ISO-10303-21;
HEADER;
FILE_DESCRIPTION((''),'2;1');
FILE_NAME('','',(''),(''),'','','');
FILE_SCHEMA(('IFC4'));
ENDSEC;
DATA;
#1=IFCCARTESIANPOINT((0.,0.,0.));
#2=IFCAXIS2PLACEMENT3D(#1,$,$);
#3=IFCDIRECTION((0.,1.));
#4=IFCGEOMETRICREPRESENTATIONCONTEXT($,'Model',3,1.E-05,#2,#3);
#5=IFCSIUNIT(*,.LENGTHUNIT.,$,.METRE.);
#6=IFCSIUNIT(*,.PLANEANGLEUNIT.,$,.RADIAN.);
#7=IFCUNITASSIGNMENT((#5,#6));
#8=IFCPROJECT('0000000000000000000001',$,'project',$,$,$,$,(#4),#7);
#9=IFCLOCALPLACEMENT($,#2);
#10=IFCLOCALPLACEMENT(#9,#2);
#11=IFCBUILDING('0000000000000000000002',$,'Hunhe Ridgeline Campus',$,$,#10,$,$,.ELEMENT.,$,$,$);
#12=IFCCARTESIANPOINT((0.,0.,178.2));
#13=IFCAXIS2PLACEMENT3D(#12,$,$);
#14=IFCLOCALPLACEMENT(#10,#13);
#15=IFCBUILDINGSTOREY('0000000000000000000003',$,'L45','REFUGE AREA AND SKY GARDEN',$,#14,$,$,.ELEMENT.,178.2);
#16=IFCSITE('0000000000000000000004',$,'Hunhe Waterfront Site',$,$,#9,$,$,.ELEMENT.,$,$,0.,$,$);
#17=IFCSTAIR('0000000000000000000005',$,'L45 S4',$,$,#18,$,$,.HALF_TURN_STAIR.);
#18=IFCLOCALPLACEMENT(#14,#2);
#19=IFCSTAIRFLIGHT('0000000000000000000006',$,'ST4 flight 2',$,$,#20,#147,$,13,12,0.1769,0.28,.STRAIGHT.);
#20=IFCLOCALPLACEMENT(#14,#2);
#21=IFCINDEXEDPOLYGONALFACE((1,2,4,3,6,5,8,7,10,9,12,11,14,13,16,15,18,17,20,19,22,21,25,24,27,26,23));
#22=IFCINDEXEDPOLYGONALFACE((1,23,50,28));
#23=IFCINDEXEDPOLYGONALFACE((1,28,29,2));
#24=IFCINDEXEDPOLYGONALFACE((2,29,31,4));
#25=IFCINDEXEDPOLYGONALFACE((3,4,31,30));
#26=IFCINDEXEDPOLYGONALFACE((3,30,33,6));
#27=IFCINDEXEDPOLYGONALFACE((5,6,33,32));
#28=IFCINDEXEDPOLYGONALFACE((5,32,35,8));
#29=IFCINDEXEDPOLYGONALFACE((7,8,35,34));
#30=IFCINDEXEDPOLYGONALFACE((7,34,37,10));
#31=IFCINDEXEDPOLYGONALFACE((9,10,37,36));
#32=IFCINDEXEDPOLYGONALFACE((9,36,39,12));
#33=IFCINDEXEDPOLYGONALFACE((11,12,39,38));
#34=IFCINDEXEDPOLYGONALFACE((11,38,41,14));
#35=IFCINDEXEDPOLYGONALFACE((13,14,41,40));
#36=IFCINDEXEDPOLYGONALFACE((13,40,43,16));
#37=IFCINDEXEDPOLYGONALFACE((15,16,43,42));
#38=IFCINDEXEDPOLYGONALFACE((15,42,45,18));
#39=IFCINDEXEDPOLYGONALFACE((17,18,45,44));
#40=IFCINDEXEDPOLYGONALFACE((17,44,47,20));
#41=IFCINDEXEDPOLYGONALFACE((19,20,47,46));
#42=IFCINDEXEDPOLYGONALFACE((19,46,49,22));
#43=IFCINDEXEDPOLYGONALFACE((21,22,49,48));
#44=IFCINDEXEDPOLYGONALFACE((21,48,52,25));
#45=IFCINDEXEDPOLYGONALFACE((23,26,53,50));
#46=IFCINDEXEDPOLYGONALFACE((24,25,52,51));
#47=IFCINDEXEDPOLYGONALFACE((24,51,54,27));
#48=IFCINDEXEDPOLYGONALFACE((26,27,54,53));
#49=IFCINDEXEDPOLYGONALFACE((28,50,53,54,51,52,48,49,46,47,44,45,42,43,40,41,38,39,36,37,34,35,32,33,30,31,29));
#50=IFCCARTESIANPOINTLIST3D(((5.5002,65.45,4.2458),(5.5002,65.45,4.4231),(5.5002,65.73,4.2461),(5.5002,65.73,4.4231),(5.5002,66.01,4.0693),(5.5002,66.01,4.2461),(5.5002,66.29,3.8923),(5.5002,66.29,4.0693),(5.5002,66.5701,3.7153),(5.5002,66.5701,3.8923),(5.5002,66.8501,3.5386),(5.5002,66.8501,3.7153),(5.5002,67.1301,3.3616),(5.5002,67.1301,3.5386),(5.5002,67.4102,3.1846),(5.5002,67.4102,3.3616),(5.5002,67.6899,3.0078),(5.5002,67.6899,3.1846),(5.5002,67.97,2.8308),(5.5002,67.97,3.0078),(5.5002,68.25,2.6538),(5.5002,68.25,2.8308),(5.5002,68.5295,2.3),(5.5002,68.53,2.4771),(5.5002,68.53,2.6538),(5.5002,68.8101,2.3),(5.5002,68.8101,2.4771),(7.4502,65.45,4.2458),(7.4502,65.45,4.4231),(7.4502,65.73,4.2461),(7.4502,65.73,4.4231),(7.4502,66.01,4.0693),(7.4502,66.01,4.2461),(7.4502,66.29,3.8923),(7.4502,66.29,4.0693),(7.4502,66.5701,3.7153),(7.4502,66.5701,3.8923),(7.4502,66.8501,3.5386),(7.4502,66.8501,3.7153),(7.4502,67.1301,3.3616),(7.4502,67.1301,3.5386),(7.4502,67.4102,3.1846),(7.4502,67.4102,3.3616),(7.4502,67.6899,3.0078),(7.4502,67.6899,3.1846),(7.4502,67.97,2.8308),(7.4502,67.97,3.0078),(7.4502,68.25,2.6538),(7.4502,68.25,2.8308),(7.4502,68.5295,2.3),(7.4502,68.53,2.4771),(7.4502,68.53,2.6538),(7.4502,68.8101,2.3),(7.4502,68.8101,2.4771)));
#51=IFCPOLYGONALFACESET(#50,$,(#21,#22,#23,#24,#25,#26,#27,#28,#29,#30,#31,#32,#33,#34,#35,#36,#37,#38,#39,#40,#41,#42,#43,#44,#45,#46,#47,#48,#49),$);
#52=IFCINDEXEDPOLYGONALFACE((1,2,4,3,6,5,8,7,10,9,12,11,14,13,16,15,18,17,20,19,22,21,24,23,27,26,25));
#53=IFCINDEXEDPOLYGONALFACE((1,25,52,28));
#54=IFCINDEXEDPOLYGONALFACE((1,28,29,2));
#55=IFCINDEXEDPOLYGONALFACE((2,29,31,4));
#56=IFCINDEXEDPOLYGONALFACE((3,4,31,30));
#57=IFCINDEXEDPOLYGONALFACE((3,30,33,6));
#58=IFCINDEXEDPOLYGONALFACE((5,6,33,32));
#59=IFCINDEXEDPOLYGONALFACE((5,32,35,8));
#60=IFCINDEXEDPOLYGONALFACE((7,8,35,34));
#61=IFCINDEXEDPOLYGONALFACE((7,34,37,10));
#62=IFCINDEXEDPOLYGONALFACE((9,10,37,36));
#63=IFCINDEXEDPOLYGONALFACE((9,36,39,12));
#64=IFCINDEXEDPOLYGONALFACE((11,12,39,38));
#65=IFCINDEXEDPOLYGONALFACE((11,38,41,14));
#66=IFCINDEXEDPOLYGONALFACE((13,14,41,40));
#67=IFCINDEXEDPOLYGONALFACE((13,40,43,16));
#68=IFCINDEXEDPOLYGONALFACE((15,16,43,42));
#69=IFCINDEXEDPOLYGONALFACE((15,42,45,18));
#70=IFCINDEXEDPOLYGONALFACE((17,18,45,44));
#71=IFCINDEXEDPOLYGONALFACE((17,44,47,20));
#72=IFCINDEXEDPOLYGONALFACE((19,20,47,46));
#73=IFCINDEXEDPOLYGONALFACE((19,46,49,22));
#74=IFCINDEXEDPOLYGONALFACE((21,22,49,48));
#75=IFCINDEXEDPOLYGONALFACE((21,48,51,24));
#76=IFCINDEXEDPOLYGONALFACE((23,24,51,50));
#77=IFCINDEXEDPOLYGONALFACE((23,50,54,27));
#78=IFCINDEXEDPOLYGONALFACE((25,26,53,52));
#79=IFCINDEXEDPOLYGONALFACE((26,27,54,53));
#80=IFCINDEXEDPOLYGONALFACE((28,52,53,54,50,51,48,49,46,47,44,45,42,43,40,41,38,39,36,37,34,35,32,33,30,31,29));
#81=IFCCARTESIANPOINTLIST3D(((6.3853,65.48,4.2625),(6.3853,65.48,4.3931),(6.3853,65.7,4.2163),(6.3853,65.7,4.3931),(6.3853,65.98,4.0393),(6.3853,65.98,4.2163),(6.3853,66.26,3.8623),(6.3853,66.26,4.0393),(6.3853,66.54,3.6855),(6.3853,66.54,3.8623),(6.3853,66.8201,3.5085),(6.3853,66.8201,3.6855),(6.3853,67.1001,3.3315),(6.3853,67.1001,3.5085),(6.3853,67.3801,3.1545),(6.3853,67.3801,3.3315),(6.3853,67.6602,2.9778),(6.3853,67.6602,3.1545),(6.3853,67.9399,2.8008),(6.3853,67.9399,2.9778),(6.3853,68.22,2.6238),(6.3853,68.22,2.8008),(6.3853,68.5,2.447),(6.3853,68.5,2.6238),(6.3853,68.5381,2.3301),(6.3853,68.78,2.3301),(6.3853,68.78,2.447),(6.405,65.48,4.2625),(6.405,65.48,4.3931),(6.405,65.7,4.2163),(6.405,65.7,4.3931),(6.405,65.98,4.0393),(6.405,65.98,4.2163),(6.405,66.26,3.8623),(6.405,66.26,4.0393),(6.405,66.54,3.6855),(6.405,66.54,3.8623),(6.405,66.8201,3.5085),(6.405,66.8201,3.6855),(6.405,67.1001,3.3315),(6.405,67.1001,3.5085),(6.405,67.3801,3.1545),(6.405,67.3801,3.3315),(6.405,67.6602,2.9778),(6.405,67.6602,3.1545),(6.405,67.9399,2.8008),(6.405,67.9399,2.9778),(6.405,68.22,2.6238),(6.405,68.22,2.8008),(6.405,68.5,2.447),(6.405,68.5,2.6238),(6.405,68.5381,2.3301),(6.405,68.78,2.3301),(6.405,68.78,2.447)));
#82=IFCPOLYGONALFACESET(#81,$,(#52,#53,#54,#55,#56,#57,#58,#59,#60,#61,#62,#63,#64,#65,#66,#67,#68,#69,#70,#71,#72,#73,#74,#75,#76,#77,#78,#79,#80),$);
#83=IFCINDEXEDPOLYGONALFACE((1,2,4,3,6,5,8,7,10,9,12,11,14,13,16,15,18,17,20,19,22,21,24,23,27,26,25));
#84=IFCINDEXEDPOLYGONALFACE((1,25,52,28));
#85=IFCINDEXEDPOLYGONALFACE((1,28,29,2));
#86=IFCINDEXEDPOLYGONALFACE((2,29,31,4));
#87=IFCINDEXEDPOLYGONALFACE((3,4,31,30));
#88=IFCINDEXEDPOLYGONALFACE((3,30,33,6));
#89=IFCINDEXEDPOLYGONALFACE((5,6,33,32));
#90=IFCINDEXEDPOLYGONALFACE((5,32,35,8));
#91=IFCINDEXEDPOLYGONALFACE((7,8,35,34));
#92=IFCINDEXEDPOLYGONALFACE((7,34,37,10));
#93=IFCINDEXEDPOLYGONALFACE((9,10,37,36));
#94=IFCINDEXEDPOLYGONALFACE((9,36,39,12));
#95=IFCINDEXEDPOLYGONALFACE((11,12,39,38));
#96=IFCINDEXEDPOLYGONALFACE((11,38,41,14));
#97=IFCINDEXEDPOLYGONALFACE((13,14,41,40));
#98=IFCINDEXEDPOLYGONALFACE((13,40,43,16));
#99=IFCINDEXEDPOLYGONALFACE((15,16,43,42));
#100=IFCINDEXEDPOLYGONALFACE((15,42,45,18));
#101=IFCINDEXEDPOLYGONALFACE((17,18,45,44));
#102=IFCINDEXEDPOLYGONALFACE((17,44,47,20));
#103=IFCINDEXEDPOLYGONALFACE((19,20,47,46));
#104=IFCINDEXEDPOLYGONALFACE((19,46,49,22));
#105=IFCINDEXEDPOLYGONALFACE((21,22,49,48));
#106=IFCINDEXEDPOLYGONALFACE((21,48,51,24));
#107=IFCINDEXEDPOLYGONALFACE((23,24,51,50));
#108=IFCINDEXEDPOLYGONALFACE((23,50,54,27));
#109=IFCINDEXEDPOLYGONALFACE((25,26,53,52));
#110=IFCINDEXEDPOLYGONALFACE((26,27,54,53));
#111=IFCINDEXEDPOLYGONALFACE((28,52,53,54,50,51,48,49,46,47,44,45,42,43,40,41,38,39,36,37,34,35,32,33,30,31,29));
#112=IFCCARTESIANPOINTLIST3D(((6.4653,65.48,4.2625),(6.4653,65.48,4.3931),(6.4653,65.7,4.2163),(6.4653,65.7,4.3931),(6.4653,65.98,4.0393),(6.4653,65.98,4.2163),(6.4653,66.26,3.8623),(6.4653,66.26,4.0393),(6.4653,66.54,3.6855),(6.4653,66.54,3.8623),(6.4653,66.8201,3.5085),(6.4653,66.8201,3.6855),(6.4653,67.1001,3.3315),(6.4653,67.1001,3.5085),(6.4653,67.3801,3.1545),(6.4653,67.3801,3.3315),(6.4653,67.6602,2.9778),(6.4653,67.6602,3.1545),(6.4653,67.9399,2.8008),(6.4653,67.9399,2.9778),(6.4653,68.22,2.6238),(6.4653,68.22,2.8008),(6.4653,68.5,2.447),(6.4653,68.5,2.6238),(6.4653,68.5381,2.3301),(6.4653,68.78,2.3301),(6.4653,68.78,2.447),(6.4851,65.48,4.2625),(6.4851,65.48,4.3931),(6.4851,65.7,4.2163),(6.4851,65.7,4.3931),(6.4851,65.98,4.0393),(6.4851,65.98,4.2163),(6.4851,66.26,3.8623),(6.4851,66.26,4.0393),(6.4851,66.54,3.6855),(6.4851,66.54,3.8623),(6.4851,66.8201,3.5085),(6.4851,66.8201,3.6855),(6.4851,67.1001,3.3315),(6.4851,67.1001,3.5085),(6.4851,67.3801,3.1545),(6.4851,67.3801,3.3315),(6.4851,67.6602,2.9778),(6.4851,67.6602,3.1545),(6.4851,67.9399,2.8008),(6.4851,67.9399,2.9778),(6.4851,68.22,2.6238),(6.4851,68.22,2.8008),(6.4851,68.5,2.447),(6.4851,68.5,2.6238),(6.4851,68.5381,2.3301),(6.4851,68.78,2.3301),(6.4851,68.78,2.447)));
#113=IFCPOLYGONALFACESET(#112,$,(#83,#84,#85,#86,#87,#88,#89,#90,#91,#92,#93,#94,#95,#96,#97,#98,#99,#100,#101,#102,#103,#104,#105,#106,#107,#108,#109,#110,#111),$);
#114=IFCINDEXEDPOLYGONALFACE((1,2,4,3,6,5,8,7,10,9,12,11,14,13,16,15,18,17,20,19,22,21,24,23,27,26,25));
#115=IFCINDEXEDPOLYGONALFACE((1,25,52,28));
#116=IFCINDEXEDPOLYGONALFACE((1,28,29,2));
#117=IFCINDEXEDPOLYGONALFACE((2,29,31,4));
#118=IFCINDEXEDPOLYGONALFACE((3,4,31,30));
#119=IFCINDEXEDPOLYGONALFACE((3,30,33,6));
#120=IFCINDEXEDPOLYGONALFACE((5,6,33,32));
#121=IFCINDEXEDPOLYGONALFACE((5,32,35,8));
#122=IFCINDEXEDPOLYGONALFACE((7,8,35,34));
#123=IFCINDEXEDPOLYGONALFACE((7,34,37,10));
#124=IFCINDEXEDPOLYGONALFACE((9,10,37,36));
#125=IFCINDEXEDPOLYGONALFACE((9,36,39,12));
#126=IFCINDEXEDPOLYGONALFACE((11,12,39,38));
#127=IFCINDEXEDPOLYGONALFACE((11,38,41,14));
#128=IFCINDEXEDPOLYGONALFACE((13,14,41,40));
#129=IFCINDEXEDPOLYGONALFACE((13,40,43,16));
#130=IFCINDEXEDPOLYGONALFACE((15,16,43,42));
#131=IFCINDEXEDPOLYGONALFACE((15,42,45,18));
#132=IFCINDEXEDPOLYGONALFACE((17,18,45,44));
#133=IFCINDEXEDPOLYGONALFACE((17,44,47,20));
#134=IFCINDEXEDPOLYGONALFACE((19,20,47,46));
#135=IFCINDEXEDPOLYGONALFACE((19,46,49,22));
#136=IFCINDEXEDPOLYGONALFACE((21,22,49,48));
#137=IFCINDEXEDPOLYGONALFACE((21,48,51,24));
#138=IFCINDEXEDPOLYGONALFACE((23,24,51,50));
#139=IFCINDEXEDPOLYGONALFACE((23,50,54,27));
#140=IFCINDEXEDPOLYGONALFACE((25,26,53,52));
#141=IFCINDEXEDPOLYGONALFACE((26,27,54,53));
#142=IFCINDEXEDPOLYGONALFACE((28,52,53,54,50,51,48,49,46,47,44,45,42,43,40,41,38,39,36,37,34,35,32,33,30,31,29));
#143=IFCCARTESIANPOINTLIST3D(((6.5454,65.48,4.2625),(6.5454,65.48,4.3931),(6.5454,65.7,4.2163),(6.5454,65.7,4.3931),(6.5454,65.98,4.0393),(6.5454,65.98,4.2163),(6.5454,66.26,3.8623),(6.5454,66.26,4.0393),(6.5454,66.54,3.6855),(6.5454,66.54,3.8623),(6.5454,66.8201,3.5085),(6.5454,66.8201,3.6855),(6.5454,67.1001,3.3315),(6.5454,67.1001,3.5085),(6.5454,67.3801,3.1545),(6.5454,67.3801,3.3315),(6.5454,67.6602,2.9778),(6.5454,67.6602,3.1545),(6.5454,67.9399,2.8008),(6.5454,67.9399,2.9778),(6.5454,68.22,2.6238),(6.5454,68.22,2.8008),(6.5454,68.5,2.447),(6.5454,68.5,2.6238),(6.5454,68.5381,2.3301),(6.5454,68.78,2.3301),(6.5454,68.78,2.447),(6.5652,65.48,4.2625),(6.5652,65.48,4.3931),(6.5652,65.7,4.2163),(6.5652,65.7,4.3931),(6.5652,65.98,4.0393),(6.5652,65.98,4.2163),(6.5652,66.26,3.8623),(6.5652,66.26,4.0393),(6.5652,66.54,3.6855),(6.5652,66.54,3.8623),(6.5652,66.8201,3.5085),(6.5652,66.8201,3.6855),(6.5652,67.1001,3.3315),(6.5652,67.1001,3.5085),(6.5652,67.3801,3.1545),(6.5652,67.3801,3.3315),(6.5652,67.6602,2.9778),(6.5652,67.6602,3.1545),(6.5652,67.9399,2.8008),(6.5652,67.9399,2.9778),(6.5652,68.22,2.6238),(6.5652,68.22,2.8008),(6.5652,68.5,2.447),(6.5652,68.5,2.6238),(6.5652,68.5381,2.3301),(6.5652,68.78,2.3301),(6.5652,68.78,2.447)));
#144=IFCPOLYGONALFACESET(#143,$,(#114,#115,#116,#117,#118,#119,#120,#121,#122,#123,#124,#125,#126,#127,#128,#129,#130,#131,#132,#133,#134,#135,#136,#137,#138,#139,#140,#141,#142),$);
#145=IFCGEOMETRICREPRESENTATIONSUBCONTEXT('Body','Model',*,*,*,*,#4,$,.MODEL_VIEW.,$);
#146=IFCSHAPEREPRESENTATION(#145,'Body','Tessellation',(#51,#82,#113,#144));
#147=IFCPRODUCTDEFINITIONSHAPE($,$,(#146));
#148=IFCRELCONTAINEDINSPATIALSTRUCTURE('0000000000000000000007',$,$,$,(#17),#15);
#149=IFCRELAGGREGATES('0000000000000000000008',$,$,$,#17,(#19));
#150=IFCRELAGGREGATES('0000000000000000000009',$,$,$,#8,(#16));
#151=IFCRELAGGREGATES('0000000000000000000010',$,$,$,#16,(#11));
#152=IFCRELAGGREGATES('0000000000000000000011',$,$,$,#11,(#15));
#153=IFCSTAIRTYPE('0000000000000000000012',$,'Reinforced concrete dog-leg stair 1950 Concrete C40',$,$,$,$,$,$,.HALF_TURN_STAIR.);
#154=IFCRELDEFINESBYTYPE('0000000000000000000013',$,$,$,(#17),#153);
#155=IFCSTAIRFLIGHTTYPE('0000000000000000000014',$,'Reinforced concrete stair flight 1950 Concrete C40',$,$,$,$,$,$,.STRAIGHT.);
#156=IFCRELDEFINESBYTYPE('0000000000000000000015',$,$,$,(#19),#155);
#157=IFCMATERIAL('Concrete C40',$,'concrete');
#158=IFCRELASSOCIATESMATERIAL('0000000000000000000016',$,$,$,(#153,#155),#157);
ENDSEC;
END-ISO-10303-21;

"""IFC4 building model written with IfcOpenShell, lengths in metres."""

from ifc_helpers import new_model, si_unit, direction, frame, origin, place, context, subcontext, project, spatial, polyline, outline, extrude, material, type_object, element, aggregate, save


model = new_model("IFC4")

# Units and contexts
model_context = context("Model", 3, precision=1e-05, world=origin(), true_north=direction((0.0, 1.0)))
body_context = subcontext(model_context, "Body", "Model", "MODEL_VIEW")
ifc_project = project(units=[si_unit("LENGTHUNIT", "METRE"), si_unit("PLANEANGLEUNIT", "RADIAN")], contexts=[model_context])

# Site, building, storey
site_placement = place(None, origin())
site = spatial("IfcSite", under=ifc_project, at=site_placement, Name="Hunhe Waterfront Site", CompositionType="ELEMENT", RefElevation=0.0)
building_placement = place(site_placement, origin())
building = spatial("IfcBuilding", under=site, at=building_placement, Name="Hunhe Ridgeline Campus", CompositionType="ELEMENT")
storey_placement = place(building_placement, frame((0.0, 0.0, 178.2)))
storey = spatial("IfcBuildingStorey", under=building, at=storey_placement, Name="L45", Description="REFUGE AREA AND SKY GARDEN", CompositionType="ELEMENT", Elevation=178.2)

# Shared definitions
ifc_material_1 = material(Name="Concrete C40", Category="concrete")
stair_type = type_object("IfcStairType", Name="Reinforced concrete dog-leg stair 1950 Concrete C40", PredefinedType="HALF_TURN_STAIR", material=ifc_material_1)
stair_flight_type = type_object("IfcStairFlightType", Name="Reinforced concrete stair flight 1950 Concrete C40", PredefinedType="STRAIGHT", material=ifc_material_1)

# Stair, stair flight
stair_1_placement = place(storey_placement, origin())
stair_1 = element("IfcStair", 1, at=stair_1_placement, inside=storey, type_object=stair_type, Name="L45 S4", PredefinedType="HALF_TURN_STAIR")
stair_flight_1_placement = place(storey_placement, frame((6.4751, 68.8101, 2.3), z_axis=(0.0, 0.0, 1.0), x_axis=(0.0, -1.0, 0.0)))
stair_flight_1 = element("IfcStairFlight", 2, at=stair_flight_1_placement, type_object=stair_flight_type, Name="ST4 flight 2", NumberOfRisers=13, NumberOfTreads=12, PredefinedType="STRAIGHT", RiserHeight=0.1769, TreadLength=0.28, context=body_context, shape_type="SweptSolid", body=[
    extrude(outline(polyline([(0.0, 0.0), (0.0, 0.177), (0.28, 0.177), (0.28, 0.3538), (0.5601, 0.3538), (0.5601, 0.5308), (0.8401, 0.5308), (0.8401, 0.7078), (1.1201, 0.7078), (1.1201, 0.8845), (1.3999, 0.8845), (1.3999, 1.0615), (1.6799, 1.0615), (1.6799, 1.2385), (1.96, 1.2385), (1.96, 1.4153), (2.24, 1.4153), (2.24, 1.5923), (2.52, 1.5923), (2.52, 1.7693), (2.8, 1.7693), (2.8, 1.946), (3.0801, 1.946), (3.0801, 2.123), (3.3601, 2.123), (3.3601, 2.3), (3.3601, 1.9458), (0.2805, 0.0), (0.0, 0.0)])), frame((0.0, 0.9751, 0.0), z_axis=(0.0, -1.0, 0.0), x_axis=(1.0, 0.0, 0.0)), (0.0, 0.0, 1.0), 1.95),
    extrude(outline(polyline([(0.03, 0.03), (0.03, 0.147), (0.3101, 0.147), (0.3101, 0.3237), (0.5901, 0.3237), (0.5901, 0.5007), (0.8701, 0.5007), (0.8701, 0.6777), (1.1499, 0.6777), (1.1499, 0.8545), (1.4299, 0.8545), (1.4299, 1.0315), (1.71, 1.0315), (1.71, 1.2085), (1.99, 1.2085), (1.99, 1.3855), (2.27, 1.3855), (2.27, 1.5623), (2.55, 1.5623), (2.55, 1.7393), (2.8301, 1.7393), (2.8301, 1.9163), (3.1101, 1.9163), (3.1101, 2.093), (3.3301, 2.093), (3.3301, 1.9624), (0.272, 0.03), (0.03, 0.03)])), frame((0.0, -0.0701, 0.0), z_axis=(0.0, -1.0, 0.0), x_axis=(1.0, 0.0, 0.0)), (0.0, 0.0, 1.0), 0.0198),
    extrude(outline(polyline([(0.03, 0.03), (0.03, 0.147), (0.3101, 0.147), (0.3101, 0.3237), (0.5901, 0.3237), (0.5901, 0.5007), (0.8701, 0.5007), (0.8701, 0.6777), (1.1499, 0.6777), (1.1499, 0.8545), (1.4299, 0.8545), (1.4299, 1.0315), (1.71, 1.0315), (1.71, 1.2085), (1.99, 1.2085), (1.99, 1.3855), (2.27, 1.3855), (2.27, 1.5623), (2.55, 1.5623), (2.55, 1.7393), (2.8301, 1.7393), (2.8301, 1.9163), (3.1101, 1.9163), (3.1101, 2.093), (3.3301, 2.093), (3.3301, 1.9624), (0.272, 0.03), (0.03, 0.03)])), frame((0.0, 0.01, 0.0), z_axis=(0.0, -1.0, 0.0), x_axis=(1.0, 0.0, 0.0)), (0.0, 0.0, 1.0), 0.0198),
    extrude(outline(polyline([(0.03, 0.03), (0.03, 0.147), (0.3101, 0.147), (0.3101, 0.3237), (0.5901, 0.3237), (0.5901, 0.5007), (0.8701, 0.5007), (0.8701, 0.6777), (1.1499, 0.6777), (1.1499, 0.8545), (1.4299, 0.8545), (1.4299, 1.0315), (1.71, 1.0315), (1.71, 1.2085), (1.99, 1.2085), (1.99, 1.3855), (2.27, 1.3855), (2.27, 1.5623), (2.55, 1.5623), (2.55, 1.7393), (2.8301, 1.7393), (2.8301, 1.9163), (3.1101, 1.9163), (3.1101, 2.093), (3.3301, 2.093), (3.3301, 1.9624), (0.272, 0.03), (0.03, 0.03)])), frame((0.0, 0.0901, 0.0), z_axis=(0.0, -1.0, 0.0), x_axis=(1.0, 0.0, 0.0)), (0.0, 0.0, 1.0), 0.0198),
])
aggregate(stair_1, [stair_flight_1])

save(model, "model.ifc")
